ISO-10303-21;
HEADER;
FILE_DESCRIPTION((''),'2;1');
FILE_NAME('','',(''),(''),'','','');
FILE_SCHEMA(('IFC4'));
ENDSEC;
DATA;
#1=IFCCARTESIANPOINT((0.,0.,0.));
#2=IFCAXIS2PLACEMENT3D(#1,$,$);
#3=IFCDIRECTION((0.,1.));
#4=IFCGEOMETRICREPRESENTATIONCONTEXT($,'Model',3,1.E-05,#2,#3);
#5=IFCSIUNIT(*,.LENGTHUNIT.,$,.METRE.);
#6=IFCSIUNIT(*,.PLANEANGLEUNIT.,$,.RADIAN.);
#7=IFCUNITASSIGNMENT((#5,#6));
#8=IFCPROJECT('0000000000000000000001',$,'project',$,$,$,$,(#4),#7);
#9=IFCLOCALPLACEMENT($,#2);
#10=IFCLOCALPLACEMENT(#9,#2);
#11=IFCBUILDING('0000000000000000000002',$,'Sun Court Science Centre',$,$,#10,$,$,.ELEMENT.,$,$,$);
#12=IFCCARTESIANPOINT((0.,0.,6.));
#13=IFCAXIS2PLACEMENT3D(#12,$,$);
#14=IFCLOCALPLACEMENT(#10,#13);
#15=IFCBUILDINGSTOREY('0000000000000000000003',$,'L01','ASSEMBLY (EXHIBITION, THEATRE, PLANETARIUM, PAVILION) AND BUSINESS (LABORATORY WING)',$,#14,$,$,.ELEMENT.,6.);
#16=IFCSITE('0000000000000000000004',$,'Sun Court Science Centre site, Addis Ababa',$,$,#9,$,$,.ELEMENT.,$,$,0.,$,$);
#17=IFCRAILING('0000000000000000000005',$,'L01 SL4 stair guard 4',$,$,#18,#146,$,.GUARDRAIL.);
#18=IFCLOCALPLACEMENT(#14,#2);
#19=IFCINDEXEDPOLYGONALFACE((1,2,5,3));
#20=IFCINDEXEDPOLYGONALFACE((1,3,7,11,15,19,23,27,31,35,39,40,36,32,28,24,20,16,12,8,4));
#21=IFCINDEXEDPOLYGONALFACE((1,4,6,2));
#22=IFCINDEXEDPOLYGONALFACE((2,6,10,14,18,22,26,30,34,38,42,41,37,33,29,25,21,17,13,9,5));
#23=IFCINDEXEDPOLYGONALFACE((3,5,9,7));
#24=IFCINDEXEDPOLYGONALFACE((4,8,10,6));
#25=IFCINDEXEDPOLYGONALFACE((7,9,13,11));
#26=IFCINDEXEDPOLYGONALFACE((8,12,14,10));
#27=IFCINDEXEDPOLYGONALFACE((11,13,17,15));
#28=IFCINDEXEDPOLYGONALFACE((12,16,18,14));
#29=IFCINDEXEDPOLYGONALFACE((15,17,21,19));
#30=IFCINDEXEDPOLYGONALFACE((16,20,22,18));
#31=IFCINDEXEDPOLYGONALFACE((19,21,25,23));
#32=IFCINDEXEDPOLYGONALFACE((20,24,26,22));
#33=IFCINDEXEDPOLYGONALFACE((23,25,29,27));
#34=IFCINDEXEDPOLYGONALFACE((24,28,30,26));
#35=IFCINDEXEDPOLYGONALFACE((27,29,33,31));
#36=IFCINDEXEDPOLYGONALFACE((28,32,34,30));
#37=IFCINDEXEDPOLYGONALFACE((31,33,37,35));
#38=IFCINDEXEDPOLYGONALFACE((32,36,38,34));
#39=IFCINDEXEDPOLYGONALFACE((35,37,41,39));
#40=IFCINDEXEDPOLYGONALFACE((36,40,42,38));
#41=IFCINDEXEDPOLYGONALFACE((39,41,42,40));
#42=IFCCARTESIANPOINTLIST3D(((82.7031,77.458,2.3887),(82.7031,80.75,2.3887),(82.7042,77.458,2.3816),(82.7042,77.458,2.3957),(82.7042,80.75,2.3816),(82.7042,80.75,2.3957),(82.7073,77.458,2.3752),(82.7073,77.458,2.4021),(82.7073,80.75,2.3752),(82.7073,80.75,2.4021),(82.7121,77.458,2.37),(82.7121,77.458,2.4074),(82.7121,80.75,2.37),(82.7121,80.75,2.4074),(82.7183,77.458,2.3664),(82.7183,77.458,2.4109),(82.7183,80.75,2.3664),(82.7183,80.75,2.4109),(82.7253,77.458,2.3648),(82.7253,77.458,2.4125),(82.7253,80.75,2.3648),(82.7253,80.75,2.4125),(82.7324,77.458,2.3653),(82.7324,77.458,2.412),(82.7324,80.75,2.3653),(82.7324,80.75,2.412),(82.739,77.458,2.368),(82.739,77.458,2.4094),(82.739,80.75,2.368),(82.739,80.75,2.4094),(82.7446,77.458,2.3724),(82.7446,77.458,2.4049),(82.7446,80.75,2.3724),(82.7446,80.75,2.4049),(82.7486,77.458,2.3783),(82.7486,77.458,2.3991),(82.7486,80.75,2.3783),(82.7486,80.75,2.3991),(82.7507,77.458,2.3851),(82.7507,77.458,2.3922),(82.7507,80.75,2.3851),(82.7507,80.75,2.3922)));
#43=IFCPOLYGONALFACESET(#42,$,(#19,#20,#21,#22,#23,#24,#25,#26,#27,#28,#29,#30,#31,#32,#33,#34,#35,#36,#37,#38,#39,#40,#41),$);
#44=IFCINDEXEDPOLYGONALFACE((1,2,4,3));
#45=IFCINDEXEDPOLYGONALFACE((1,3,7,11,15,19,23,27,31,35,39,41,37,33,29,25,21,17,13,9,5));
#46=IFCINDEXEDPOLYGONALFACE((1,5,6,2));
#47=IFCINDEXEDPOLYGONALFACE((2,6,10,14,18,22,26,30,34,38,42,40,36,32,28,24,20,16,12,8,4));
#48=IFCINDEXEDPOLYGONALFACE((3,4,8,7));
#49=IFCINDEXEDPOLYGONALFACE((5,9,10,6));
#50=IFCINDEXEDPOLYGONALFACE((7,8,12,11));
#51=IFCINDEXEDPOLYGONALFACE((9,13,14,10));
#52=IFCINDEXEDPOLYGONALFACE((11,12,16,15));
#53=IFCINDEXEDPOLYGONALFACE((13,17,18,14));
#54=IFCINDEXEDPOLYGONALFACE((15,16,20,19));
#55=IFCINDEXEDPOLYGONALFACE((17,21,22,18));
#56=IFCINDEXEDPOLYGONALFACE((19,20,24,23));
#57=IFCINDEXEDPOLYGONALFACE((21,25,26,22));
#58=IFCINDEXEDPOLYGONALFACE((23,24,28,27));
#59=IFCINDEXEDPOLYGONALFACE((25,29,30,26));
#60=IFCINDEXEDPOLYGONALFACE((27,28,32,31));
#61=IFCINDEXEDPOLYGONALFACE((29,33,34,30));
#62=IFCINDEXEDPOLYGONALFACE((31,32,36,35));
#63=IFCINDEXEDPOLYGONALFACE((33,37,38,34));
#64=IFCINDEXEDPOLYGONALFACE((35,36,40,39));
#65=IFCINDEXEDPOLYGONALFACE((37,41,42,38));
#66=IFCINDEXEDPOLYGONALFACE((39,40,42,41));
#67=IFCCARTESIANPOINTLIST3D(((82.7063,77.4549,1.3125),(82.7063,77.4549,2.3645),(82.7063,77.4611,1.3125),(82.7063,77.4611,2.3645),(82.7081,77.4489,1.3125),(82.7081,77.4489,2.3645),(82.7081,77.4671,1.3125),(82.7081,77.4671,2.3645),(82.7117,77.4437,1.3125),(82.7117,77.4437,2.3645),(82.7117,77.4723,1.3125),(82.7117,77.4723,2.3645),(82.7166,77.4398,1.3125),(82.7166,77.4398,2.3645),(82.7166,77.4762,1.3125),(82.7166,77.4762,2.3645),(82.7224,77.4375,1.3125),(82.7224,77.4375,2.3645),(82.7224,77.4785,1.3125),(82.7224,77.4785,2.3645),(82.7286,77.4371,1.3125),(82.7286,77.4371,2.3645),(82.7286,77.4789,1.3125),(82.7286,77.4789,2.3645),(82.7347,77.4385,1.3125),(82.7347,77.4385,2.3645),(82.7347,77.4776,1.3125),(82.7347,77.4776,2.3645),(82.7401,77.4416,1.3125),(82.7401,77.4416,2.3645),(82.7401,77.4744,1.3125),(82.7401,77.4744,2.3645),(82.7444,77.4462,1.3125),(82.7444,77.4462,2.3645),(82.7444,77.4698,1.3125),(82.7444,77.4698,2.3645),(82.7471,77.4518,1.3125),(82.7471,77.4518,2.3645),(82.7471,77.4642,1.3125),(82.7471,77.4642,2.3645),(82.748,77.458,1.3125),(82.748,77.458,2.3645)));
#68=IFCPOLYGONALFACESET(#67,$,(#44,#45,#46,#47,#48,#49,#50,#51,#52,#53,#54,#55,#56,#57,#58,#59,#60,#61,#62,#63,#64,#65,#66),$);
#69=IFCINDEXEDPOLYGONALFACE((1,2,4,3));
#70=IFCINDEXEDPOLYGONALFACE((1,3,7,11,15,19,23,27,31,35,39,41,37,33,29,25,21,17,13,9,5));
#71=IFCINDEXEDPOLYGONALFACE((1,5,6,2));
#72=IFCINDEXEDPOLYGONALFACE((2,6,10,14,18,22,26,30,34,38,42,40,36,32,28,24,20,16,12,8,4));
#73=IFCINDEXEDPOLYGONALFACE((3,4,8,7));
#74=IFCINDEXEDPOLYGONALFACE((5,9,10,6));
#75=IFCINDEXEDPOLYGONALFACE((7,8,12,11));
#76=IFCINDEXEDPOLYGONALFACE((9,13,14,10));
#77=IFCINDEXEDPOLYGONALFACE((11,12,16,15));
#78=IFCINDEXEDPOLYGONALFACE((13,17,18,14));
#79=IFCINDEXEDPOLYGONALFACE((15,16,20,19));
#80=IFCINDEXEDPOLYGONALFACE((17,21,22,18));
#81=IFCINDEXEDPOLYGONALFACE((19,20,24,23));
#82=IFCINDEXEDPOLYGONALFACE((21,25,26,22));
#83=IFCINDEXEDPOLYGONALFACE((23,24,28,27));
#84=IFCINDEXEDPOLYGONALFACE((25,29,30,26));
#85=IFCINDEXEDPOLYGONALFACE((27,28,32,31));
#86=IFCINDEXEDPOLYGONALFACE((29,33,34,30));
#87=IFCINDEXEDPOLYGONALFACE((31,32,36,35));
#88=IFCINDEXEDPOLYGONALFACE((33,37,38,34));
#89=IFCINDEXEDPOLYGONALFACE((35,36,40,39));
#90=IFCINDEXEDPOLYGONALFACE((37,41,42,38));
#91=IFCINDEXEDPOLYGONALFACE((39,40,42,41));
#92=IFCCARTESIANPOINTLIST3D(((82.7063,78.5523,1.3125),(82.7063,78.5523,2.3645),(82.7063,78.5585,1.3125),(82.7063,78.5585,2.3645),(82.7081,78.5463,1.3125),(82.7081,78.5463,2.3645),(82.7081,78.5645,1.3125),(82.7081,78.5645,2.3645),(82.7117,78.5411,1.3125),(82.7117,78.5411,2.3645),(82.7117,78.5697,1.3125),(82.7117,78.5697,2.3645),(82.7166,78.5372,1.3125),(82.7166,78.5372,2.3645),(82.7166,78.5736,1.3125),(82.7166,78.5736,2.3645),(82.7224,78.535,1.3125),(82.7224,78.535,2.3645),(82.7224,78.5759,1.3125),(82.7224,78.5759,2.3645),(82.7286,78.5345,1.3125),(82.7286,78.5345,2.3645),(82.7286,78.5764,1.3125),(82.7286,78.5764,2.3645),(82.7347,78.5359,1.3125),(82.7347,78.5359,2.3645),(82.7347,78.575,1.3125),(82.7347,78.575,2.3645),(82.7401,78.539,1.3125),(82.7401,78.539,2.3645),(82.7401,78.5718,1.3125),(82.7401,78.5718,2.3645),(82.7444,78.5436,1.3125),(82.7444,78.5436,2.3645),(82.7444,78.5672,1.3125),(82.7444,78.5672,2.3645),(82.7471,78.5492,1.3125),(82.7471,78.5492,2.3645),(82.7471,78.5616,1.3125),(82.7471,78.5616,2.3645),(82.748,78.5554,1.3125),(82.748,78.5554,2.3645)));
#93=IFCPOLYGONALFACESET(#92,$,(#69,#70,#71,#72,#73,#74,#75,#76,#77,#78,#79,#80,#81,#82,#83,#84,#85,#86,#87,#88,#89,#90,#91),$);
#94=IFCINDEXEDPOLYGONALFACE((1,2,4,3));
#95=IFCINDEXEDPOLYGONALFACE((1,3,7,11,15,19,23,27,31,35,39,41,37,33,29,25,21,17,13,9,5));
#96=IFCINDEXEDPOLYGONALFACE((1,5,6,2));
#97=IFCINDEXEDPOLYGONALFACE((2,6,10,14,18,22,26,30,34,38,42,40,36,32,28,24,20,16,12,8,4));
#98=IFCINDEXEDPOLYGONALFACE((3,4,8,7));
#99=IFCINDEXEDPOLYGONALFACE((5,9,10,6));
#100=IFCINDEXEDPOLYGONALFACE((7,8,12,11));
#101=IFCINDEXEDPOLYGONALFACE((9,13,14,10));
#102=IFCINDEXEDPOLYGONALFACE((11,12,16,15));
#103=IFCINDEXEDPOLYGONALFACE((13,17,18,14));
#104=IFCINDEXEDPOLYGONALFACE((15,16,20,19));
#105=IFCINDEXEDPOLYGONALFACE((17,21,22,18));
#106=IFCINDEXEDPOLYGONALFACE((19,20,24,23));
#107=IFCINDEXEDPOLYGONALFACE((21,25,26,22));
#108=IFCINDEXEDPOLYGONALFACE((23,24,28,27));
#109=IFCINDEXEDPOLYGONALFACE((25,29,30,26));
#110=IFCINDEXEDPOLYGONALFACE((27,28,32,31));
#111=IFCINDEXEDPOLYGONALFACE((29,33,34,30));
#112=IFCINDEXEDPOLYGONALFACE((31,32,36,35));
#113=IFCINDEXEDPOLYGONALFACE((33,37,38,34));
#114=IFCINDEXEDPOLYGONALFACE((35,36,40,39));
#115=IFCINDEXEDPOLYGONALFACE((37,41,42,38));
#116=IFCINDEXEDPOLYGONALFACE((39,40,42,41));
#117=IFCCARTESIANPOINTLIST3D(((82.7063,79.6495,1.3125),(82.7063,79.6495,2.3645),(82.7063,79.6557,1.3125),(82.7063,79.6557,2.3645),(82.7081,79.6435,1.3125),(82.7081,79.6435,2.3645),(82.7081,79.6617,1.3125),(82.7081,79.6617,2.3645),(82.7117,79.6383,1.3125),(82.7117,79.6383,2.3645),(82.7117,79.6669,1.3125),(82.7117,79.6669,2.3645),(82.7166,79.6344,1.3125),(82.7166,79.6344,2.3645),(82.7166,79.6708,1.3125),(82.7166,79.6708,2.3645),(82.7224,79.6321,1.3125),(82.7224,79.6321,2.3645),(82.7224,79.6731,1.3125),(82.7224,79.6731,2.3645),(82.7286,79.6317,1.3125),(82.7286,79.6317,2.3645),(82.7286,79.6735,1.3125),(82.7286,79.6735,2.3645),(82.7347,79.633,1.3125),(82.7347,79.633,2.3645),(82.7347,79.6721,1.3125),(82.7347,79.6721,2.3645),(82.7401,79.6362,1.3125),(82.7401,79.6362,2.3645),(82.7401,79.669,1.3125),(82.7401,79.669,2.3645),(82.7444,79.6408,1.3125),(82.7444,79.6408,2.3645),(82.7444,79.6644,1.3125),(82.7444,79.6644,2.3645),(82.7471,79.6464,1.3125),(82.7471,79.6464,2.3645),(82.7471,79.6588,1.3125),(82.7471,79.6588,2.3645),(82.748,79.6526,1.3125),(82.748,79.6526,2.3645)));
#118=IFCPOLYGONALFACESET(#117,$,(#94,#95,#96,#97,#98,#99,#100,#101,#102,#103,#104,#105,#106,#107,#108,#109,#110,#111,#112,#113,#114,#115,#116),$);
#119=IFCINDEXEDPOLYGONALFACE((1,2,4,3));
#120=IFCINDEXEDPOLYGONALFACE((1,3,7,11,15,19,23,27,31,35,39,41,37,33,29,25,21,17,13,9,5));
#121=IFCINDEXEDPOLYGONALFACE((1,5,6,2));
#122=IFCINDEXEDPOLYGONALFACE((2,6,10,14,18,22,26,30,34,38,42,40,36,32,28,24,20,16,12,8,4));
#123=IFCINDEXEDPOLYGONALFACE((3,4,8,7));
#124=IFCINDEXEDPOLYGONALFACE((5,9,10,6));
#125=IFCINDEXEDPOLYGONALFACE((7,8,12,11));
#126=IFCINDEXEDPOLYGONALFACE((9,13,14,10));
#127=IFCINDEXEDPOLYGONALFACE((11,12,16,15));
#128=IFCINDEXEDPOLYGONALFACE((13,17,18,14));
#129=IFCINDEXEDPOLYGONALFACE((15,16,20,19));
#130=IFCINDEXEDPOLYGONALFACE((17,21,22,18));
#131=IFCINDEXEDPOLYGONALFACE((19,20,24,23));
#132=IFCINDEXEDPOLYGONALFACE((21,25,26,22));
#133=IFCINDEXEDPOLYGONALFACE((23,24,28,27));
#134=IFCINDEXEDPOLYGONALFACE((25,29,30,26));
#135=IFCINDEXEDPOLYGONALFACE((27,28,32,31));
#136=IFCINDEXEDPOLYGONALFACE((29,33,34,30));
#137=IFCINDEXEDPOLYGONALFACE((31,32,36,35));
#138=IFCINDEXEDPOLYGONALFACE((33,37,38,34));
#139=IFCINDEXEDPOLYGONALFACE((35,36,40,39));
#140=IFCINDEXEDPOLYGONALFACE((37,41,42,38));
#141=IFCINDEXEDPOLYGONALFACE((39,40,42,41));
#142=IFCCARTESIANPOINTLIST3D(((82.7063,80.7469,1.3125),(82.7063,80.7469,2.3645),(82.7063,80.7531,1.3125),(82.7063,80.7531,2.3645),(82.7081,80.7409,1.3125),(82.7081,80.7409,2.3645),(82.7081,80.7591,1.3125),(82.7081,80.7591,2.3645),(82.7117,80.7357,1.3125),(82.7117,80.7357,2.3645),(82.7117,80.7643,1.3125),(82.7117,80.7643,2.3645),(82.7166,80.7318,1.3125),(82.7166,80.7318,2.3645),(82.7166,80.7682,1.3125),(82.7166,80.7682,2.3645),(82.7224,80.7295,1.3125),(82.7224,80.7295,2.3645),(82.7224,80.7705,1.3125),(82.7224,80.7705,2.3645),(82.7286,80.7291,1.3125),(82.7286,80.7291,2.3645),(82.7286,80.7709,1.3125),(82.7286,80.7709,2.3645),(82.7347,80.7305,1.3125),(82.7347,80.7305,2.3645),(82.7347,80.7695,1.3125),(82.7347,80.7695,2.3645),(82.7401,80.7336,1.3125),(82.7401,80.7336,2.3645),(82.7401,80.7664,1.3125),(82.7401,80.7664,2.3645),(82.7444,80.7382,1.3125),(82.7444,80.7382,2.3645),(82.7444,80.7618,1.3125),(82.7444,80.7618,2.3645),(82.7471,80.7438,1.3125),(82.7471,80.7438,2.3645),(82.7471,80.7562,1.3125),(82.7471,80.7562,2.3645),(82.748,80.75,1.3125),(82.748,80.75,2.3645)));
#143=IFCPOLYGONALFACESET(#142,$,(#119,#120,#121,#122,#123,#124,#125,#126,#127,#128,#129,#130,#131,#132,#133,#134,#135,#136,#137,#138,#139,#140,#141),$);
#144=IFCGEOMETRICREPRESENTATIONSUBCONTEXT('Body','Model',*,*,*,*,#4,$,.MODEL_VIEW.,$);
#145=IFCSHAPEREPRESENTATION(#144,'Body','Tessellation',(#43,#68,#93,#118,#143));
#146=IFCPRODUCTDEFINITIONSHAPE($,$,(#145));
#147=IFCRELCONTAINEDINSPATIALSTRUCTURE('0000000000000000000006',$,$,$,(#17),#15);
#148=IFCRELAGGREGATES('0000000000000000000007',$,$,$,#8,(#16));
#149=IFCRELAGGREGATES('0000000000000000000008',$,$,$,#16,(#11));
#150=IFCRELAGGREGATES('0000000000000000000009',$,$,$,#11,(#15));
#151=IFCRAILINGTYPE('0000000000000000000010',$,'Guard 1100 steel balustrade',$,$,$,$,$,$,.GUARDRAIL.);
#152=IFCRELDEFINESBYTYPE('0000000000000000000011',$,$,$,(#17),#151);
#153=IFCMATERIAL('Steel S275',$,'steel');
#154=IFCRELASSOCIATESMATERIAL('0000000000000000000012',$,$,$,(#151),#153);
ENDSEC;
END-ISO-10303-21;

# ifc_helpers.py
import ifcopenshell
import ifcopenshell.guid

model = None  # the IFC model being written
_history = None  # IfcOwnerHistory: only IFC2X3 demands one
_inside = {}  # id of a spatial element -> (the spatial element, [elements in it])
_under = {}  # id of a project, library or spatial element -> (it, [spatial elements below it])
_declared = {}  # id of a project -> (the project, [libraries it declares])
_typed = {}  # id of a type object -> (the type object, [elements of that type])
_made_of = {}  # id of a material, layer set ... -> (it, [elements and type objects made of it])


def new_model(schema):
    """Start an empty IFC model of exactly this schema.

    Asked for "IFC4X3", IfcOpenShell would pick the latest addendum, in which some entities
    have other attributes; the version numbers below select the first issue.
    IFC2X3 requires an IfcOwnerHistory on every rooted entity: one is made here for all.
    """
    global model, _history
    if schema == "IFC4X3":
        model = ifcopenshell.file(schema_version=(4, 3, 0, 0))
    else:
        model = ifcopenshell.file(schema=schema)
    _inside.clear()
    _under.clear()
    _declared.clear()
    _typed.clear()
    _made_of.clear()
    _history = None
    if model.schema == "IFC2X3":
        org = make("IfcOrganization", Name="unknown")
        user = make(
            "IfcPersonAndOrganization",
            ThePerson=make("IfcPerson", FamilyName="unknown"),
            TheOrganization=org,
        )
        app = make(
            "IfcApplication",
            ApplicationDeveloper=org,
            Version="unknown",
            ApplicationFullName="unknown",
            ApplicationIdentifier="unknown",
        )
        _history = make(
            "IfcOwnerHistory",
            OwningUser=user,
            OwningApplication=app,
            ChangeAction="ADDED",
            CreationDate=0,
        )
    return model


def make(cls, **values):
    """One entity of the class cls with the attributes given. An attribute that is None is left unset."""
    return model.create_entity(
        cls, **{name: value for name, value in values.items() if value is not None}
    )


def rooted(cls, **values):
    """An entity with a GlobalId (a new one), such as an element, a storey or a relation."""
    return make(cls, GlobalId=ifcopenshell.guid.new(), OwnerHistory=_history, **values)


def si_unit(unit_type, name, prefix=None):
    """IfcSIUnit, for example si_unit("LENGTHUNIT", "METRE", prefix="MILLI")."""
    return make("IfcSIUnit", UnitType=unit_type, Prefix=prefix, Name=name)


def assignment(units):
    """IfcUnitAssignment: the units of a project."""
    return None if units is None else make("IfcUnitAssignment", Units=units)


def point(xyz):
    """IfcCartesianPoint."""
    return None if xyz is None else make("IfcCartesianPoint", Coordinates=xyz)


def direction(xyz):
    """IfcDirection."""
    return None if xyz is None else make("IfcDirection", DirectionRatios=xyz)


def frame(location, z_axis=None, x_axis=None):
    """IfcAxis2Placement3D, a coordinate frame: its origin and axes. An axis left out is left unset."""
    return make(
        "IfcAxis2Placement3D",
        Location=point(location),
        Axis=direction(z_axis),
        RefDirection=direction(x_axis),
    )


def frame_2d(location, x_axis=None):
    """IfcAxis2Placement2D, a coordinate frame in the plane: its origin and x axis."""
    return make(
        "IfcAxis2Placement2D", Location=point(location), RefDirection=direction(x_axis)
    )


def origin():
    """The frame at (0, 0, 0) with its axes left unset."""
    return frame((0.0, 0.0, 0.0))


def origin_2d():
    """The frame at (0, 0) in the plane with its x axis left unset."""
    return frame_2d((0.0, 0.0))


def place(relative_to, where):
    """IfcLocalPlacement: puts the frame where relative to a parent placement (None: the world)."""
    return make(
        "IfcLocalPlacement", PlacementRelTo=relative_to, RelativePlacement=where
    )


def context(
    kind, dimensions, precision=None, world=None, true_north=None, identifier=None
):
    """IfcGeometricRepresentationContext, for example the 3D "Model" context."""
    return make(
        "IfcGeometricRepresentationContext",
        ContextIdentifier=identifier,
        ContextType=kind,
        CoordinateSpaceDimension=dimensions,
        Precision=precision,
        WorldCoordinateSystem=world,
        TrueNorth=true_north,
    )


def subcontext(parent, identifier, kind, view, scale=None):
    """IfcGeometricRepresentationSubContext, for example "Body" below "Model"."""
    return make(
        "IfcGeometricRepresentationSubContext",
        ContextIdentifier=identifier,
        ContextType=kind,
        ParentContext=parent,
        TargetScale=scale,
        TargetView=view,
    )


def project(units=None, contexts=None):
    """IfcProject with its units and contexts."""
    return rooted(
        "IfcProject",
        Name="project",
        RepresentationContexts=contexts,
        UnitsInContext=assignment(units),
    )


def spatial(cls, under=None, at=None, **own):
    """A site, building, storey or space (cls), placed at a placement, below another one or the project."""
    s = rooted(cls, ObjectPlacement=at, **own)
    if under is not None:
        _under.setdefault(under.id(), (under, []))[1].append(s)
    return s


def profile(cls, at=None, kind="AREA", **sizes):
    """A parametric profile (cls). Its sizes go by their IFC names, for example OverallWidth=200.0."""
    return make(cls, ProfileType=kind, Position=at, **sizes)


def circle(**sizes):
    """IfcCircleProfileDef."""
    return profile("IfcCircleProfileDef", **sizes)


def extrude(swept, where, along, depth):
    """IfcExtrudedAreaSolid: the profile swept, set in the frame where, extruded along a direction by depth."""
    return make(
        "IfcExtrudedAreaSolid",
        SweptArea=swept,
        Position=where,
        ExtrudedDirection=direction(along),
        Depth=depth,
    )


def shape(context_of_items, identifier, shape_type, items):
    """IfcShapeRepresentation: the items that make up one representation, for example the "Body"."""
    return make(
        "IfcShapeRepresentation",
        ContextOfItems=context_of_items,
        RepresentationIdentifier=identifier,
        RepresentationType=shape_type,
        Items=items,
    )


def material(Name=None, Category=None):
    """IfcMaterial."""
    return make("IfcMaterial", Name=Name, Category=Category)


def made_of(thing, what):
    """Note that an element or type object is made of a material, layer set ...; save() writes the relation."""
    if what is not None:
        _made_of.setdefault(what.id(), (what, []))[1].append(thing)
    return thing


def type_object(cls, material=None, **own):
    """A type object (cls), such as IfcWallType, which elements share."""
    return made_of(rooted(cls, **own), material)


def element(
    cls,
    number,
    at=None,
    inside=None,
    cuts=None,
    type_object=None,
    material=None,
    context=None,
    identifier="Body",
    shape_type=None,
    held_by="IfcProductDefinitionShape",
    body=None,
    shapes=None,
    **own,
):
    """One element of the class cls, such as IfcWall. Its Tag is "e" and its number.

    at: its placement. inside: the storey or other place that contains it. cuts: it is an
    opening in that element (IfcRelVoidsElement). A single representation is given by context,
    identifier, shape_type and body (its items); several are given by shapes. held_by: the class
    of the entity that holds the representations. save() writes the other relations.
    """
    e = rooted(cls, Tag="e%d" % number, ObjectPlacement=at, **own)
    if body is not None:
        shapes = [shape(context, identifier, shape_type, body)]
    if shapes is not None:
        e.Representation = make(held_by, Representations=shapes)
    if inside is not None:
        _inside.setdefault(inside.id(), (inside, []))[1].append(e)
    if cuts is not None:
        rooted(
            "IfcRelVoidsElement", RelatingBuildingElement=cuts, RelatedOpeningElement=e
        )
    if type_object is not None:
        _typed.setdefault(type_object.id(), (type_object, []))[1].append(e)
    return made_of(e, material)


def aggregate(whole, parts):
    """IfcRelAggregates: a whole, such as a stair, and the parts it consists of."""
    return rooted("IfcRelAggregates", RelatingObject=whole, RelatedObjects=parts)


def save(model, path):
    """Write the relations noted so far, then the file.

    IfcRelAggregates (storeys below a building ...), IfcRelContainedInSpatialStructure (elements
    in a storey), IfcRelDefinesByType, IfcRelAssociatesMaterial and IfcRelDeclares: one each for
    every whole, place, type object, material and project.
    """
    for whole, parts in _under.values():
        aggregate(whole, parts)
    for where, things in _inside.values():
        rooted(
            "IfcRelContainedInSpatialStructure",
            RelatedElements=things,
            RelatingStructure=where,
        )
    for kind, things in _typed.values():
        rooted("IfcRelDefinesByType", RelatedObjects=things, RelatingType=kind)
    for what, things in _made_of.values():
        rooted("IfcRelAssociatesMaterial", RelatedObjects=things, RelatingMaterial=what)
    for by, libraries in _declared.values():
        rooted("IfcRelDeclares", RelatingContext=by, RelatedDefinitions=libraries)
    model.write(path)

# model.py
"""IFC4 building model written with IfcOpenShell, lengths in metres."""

from ifc_helpers import new_model, si_unit, direction, frame, origin, origin_2d, place, context, subcontext, project, spatial, circle, extrude, material, type_object, element, save


model = new_model("IFC4")

# Units and contexts
model_context = context("Model", 3, precision=1e-05, world=origin(), true_north=direction((0.0, 1.0)))
body_context = subcontext(model_context, "Body", "Model", "MODEL_VIEW")
ifc_project = project(units=[si_unit("LENGTHUNIT", "METRE"), si_unit("PLANEANGLEUNIT", "RADIAN")], contexts=[model_context])

# Site, building, storey
site_placement = place(None, origin())
site = spatial("IfcSite", under=ifc_project, at=site_placement, Name="Sun Court Science Centre site, Addis Ababa", CompositionType="ELEMENT", RefElevation=0.0)
building_placement = place(site_placement, origin())
building = spatial("IfcBuilding", under=site, at=building_placement, Name="Sun Court Science Centre", CompositionType="ELEMENT")
storey_placement = place(building_placement, frame((0.0, 0.0, 6.0)))
storey = spatial("IfcBuildingStorey", under=building, at=storey_placement, Name="L01", Description="ASSEMBLY (EXHIBITION, THEATRE, PLANETARIUM, PAVILION) AND BUSINESS (LABORATORY WING)", CompositionType="ELEMENT", Elevation=6.0)

# Railing
ifc_material_1 = material(Name="Steel S275", Category="steel")
railing_type_1 = type_object("IfcRailingType", Name="Guard 1100 steel balustrade", PredefinedType="GUARDRAIL", material=ifc_material_1)
railing_1_placement = place(storey_placement, frame((82.7271, 77.458, 1.3125)))
element("IfcRailing", 1, at=railing_1_placement, inside=storey, type_object=railing_type_1, Name="L01 SL4 stair guard 4", PredefinedType="GUARDRAIL", context=body_context, shape_type="SweptSolid", body=[
    extrude(circle(Radius=0.0239, at=origin_2d()), frame((0.0, 0.0, 1.0762), z_axis=(0.0, 1.0, 0.0), x_axis=(-1.0, 0.0, 0.0)), (0.0, 0.0, 1.0), 3.292),
    extrude(circle(Radius=0.021, at=origin_2d()), origin(), (0.0, 0.0, 1.0), 1.052),
    extrude(circle(Radius=0.021, at=origin_2d()), frame((0.0, 1.0974, 0.0)), (0.0, 0.0, 1.0), 1.052),
    extrude(circle(Radius=0.021, at=origin_2d()), frame((0.0, 2.1946, 0.0)), (0.0, 0.0, 1.0), 1.052),
    extrude(circle(Radius=0.021, at=origin_2d()), frame((0.0, 3.292, 0.0)), (0.0, 0.0, 1.0), 1.052),
])

save(model, "model.ifc")
